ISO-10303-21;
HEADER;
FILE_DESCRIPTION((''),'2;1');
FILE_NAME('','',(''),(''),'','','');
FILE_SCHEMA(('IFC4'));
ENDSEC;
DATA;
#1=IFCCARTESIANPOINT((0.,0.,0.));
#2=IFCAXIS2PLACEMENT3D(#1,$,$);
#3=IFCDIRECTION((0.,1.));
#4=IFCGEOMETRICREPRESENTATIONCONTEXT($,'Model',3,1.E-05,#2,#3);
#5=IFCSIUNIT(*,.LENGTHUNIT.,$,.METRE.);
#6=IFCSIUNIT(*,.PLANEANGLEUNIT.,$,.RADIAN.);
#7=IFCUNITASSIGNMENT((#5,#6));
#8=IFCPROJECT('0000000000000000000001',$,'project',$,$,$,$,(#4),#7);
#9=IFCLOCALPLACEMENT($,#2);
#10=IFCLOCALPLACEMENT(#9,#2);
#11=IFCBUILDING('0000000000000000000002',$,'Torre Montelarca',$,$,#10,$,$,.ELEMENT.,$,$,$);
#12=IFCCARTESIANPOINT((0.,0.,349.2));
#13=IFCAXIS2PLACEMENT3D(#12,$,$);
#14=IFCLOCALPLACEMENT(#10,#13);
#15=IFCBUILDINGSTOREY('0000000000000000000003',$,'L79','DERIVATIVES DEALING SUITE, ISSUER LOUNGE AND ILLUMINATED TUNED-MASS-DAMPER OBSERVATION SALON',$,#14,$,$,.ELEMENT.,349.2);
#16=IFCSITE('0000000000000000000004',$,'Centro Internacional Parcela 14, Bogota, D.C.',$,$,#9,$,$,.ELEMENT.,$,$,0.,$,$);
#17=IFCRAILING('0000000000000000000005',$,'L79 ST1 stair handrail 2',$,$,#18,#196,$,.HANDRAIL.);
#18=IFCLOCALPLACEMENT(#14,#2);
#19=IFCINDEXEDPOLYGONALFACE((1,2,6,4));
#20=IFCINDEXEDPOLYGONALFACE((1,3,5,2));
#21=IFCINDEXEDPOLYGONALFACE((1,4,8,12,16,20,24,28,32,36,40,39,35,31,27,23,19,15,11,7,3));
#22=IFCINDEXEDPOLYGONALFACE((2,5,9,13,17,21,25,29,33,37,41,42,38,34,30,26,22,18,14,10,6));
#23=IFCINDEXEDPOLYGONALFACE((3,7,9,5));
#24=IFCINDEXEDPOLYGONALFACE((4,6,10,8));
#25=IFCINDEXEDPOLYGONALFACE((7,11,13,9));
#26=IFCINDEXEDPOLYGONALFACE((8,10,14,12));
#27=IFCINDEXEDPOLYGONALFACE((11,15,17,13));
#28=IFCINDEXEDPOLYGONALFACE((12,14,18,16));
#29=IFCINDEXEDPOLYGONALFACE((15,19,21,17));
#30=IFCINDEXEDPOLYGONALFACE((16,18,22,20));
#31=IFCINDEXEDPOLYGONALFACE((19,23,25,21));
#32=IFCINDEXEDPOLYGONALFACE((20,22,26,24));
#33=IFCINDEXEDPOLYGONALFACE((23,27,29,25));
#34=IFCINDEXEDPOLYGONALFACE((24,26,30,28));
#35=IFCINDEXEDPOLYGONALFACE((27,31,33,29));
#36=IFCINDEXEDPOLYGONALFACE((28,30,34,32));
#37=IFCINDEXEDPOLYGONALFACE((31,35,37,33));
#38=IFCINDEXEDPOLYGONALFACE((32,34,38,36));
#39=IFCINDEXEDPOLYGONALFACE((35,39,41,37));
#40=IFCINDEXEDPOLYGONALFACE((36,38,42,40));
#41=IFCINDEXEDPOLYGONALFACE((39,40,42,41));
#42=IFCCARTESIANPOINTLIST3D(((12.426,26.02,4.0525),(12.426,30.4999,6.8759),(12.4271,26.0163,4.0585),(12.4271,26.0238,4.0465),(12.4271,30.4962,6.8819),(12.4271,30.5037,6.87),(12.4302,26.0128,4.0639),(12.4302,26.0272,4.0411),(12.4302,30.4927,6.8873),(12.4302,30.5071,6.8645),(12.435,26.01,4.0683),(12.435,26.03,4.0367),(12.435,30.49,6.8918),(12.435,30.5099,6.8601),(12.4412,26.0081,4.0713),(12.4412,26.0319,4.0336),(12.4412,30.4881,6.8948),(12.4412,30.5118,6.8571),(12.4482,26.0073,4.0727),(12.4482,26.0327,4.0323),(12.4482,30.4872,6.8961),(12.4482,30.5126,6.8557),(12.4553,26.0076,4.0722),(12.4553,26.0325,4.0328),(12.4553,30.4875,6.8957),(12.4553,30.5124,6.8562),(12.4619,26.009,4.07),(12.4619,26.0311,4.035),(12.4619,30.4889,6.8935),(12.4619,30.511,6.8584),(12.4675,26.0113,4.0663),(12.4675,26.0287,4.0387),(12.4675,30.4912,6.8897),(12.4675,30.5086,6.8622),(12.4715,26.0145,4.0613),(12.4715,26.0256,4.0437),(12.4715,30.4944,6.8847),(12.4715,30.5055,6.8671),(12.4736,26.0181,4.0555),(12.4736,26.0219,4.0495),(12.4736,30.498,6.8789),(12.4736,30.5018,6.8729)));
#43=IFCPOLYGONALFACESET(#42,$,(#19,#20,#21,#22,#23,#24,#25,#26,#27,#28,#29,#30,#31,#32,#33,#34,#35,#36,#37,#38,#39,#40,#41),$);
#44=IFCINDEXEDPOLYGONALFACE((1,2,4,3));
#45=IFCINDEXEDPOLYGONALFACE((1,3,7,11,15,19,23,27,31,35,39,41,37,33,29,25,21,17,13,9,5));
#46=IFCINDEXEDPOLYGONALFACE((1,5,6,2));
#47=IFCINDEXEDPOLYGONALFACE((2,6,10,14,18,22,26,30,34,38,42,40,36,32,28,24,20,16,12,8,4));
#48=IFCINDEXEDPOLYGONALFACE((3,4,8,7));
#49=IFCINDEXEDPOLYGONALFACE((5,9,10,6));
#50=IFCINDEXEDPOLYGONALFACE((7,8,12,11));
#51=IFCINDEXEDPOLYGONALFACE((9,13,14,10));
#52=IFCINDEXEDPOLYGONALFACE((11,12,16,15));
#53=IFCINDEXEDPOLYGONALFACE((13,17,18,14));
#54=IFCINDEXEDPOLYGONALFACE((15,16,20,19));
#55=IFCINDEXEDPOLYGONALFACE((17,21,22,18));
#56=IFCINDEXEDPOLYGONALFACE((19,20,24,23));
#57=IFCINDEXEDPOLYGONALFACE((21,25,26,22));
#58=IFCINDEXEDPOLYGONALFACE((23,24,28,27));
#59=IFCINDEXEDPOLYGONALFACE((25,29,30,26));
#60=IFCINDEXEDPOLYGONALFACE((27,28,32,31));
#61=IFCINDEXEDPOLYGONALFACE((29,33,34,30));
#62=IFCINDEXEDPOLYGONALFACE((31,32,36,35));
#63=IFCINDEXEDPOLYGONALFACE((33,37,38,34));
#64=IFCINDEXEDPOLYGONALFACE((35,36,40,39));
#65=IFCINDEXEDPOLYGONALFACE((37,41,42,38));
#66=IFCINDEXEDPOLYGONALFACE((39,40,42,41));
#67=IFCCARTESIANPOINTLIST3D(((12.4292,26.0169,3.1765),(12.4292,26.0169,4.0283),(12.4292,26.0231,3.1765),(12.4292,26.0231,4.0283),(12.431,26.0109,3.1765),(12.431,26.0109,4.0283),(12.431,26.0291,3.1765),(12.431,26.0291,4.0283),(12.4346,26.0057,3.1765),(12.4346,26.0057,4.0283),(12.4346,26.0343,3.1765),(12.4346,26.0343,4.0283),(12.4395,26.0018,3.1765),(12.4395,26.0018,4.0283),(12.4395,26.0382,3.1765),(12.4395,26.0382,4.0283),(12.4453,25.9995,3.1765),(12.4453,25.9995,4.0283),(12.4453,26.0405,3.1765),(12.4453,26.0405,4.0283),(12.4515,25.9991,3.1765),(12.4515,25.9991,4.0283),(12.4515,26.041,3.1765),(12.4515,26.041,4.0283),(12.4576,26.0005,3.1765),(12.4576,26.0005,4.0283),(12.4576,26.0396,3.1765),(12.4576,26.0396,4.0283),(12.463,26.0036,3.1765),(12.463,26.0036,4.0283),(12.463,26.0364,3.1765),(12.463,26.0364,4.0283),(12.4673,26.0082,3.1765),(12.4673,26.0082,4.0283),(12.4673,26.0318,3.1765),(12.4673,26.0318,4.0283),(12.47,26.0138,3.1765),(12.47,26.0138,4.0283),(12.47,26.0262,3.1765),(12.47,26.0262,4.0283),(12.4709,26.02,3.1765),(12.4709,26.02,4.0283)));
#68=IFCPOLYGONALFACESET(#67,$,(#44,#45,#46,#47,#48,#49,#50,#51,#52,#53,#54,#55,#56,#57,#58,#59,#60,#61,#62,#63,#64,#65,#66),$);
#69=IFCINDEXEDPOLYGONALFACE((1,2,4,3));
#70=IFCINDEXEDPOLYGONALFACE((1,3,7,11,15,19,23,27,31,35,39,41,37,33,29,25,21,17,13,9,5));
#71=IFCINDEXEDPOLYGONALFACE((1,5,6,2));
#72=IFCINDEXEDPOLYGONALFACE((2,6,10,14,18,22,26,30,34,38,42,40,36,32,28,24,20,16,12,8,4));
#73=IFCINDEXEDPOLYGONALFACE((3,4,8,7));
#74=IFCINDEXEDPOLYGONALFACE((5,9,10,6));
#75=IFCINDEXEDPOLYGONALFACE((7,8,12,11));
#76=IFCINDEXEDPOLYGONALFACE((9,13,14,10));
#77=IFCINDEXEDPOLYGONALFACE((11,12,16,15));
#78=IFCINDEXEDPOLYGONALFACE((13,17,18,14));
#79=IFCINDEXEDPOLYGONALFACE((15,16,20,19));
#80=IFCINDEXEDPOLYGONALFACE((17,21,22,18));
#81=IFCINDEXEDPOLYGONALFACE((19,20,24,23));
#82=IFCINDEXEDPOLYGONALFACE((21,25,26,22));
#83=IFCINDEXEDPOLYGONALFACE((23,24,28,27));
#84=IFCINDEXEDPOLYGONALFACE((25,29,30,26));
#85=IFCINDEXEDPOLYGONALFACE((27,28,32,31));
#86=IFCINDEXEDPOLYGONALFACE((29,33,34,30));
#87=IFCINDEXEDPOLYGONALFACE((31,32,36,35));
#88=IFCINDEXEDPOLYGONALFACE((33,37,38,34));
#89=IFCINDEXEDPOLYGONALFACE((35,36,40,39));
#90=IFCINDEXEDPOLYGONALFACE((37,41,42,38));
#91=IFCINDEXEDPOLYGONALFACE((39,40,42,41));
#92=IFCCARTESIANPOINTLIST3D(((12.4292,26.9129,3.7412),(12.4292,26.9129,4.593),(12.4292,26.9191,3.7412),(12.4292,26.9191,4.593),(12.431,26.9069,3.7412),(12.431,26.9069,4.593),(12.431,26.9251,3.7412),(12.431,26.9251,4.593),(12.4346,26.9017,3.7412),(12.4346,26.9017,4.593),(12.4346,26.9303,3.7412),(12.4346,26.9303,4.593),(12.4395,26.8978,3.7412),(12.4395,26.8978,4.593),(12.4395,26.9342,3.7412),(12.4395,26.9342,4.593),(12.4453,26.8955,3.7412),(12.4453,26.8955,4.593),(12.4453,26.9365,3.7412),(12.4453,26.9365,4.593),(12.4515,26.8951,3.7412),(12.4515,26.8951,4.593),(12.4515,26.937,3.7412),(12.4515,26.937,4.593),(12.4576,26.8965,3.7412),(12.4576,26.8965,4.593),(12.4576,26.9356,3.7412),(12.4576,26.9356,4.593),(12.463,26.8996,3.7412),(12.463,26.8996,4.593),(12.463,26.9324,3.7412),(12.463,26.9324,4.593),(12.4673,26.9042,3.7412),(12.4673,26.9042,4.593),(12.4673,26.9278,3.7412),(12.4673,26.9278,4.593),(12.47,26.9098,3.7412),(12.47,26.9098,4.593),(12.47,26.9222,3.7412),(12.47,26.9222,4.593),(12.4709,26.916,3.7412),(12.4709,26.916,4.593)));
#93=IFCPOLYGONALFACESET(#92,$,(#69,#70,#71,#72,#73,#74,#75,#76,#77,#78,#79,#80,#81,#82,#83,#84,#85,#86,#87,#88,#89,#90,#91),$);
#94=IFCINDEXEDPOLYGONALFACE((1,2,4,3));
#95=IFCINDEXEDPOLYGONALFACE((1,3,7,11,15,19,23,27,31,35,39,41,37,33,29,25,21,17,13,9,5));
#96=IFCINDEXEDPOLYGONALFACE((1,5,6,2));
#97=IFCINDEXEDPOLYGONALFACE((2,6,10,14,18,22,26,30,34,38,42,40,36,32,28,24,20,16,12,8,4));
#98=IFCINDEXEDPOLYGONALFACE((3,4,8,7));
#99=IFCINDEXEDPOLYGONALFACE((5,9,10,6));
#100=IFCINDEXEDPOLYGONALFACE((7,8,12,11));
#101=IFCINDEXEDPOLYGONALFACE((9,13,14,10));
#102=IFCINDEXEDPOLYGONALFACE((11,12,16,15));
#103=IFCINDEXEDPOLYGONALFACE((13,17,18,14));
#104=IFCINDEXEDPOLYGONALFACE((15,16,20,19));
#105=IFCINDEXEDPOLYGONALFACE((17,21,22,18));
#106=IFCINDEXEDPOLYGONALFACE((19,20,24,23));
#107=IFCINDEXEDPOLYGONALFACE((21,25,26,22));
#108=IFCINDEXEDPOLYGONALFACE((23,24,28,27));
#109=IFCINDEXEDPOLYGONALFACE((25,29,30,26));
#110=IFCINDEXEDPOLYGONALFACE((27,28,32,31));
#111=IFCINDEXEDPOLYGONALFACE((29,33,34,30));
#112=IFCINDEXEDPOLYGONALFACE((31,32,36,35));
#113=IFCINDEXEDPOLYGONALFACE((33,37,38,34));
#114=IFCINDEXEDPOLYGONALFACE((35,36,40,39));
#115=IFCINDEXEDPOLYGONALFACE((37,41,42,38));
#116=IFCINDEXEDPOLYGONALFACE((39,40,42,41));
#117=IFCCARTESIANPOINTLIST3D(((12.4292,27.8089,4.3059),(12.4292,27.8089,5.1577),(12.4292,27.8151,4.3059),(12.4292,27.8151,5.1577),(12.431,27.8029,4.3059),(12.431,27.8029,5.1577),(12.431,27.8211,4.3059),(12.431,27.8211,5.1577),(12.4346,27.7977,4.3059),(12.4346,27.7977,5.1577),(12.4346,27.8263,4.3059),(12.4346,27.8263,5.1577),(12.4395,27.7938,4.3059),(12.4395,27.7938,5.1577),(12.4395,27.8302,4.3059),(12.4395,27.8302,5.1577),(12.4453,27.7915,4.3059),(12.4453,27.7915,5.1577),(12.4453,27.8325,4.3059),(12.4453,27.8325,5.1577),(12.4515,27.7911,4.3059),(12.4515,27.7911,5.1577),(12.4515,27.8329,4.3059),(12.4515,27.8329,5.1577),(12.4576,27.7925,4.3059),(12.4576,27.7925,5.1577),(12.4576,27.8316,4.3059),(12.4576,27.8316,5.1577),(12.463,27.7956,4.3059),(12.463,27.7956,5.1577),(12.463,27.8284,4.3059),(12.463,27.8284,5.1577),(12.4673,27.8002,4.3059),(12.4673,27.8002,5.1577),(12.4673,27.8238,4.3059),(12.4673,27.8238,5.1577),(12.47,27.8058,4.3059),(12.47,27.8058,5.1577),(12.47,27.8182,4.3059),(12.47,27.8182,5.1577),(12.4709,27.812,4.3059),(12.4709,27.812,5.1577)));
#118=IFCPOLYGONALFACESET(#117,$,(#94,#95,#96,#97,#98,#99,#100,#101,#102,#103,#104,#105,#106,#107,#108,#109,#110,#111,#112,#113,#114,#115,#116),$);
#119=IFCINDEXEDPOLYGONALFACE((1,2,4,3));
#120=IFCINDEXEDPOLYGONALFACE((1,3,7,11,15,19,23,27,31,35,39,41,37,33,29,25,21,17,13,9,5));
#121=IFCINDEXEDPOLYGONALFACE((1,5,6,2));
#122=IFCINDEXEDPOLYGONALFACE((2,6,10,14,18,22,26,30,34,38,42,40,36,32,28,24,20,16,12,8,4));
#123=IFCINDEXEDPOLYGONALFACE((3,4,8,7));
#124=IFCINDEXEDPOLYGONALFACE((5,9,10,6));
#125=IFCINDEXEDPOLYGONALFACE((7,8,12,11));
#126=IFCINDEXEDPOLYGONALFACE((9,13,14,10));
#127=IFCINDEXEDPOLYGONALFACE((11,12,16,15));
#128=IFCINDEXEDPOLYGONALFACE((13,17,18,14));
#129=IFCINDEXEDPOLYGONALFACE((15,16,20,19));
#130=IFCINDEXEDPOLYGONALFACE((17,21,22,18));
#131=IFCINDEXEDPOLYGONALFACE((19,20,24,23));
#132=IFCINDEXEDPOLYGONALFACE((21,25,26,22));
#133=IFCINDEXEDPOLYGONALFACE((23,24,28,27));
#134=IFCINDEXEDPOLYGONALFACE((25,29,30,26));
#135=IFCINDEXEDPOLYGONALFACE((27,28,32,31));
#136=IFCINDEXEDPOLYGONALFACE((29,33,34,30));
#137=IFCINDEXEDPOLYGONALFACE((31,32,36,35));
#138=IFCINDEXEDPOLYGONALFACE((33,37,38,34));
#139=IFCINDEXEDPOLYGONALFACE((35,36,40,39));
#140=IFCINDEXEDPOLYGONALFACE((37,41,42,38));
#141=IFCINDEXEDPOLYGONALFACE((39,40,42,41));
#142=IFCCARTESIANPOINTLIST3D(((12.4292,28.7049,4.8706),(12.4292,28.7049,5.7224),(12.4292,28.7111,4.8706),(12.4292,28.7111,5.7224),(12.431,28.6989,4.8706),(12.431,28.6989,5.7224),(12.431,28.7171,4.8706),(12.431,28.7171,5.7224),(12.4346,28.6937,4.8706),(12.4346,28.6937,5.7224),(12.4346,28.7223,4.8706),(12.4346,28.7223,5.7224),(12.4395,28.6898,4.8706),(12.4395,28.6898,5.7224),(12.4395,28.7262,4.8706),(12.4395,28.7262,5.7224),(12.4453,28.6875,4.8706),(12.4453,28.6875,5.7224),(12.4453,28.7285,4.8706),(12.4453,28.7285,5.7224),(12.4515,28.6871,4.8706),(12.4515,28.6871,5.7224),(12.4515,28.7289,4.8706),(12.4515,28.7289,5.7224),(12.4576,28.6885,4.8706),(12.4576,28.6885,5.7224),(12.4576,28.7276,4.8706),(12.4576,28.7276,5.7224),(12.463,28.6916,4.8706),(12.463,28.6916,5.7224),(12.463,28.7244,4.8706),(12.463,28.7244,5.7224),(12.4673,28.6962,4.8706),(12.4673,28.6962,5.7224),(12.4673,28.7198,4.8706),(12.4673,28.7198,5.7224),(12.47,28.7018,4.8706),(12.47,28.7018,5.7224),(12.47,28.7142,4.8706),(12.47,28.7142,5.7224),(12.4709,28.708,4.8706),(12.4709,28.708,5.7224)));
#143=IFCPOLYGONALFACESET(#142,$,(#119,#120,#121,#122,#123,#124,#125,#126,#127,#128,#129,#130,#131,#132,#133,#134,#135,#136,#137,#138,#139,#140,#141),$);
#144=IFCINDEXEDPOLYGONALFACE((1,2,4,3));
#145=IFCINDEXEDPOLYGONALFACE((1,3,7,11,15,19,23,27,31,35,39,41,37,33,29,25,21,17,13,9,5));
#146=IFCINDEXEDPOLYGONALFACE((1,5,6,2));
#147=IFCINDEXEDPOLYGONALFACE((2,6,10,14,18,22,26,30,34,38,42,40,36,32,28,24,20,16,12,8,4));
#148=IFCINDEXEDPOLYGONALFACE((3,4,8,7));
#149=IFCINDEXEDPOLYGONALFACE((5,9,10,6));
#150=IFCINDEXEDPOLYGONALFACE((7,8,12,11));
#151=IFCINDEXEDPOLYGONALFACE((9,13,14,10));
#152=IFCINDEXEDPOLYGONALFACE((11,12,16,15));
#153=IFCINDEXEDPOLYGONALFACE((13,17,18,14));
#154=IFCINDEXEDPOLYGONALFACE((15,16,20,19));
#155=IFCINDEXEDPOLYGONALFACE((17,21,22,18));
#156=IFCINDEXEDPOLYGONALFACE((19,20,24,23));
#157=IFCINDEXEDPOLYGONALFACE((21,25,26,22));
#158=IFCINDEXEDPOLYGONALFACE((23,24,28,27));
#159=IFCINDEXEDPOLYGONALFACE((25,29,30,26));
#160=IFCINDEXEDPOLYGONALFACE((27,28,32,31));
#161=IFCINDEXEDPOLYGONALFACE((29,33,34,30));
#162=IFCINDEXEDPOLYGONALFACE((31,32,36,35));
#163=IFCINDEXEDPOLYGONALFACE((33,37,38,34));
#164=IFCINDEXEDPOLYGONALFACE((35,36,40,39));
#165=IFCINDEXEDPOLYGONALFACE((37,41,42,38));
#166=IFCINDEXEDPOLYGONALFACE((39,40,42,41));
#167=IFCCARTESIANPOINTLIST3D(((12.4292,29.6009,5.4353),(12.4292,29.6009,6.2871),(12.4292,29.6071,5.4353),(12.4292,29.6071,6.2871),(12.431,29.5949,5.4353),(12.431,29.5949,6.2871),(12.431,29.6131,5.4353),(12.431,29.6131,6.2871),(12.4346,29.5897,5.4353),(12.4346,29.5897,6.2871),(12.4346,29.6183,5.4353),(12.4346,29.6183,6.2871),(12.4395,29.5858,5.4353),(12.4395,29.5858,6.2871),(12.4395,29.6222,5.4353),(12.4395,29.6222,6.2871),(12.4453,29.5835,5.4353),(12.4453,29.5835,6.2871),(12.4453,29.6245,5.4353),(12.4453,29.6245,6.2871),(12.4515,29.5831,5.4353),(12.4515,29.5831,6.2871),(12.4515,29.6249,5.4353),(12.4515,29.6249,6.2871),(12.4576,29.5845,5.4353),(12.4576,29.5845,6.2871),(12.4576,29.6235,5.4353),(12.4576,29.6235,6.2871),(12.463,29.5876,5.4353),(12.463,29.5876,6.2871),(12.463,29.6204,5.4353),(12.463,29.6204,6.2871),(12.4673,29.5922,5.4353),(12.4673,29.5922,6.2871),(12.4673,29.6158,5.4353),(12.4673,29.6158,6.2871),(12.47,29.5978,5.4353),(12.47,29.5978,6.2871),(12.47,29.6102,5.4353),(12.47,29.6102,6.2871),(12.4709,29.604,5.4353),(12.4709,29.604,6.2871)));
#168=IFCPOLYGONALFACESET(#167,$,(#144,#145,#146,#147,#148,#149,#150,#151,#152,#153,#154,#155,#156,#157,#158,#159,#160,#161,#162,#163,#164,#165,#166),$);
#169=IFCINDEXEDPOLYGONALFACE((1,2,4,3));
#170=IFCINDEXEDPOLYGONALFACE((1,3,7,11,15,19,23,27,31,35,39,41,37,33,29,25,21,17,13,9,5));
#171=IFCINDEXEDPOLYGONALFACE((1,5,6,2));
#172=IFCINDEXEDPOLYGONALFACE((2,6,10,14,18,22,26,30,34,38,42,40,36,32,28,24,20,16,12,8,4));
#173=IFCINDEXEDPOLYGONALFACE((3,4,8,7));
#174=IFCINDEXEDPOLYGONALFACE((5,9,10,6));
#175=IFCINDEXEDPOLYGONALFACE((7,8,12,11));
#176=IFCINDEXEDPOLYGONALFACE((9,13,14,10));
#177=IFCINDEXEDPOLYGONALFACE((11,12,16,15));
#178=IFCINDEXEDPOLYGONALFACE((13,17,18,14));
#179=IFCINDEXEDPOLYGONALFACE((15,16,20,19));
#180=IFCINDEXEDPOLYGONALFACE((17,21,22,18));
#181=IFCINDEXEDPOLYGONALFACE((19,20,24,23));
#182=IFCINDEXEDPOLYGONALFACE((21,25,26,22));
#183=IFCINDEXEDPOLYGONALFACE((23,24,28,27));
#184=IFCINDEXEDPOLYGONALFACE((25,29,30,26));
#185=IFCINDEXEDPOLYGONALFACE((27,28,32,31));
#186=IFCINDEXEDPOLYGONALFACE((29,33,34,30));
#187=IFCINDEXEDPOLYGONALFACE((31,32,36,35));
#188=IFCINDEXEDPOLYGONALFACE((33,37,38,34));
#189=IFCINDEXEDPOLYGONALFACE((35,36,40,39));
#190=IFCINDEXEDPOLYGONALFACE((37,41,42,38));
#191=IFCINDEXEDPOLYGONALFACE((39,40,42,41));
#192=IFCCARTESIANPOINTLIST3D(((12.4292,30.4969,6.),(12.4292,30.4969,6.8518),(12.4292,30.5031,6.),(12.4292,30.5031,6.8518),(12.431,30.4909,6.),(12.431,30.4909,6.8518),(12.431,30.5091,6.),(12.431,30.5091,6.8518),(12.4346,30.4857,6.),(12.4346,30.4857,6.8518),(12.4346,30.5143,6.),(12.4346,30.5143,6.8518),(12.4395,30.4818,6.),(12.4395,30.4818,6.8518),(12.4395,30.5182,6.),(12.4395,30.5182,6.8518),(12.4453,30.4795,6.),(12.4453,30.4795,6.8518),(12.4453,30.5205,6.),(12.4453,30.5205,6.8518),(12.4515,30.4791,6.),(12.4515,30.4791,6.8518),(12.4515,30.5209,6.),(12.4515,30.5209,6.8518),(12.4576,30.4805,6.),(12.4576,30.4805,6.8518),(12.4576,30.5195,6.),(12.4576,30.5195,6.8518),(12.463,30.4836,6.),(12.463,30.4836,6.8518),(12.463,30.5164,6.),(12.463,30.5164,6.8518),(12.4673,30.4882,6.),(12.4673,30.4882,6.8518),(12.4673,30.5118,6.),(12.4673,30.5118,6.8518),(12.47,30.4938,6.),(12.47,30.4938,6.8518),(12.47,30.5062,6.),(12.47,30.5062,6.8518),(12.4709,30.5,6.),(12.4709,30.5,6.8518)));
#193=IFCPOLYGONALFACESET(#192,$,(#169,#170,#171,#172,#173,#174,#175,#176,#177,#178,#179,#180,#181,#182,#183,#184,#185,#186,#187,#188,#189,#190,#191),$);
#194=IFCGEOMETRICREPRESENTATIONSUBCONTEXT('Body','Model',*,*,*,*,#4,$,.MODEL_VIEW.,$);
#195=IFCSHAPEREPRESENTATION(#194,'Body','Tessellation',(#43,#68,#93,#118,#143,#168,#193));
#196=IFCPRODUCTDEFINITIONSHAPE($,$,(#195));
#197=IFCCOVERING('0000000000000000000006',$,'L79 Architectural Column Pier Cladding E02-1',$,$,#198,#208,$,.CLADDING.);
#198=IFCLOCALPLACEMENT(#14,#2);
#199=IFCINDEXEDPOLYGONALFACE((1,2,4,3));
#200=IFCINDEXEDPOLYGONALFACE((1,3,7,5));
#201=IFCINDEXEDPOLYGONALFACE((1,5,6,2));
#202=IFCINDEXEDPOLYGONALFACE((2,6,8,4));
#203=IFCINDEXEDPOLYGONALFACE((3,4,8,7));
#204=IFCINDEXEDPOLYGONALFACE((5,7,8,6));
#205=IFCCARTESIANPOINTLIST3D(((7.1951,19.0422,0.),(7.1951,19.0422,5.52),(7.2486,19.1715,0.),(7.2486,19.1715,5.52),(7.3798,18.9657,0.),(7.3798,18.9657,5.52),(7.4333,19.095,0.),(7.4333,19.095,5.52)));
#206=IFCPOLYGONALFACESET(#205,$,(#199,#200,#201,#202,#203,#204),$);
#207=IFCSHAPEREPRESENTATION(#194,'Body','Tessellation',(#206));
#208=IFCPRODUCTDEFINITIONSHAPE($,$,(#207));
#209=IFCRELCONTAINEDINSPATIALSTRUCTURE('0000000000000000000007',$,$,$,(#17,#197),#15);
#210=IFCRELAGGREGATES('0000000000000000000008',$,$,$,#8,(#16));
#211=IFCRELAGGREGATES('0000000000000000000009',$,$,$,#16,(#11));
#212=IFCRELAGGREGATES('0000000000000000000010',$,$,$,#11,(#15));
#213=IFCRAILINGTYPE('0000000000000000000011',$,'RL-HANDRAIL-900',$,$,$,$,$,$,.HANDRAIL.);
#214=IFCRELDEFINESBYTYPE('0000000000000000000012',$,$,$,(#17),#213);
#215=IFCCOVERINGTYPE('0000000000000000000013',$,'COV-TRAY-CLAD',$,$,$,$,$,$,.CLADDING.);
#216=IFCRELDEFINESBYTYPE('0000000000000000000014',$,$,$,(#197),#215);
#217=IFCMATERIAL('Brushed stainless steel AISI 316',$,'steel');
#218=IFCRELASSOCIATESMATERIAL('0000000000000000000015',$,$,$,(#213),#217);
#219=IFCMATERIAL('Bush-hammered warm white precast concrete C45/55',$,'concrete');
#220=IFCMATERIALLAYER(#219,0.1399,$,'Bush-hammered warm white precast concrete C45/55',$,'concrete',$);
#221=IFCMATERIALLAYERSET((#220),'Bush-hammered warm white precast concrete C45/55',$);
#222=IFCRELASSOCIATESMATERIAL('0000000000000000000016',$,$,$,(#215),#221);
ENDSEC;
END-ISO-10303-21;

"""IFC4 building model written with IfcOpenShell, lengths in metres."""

from ifc_helpers import new_model, si_unit, direction, frame, origin, origin_2d, place, context, subcontext, project, spatial, rectangle, circle, extrude, source, transform, mapped, material, layer, layer_set, type_object, element, save


model = new_model("IFC4")

# Units and contexts
model_context = context("Model", 3, precision=1e-05, world=origin(), true_north=direction((0.0, 1.0)))
body_context = subcontext(model_context, "Body", "Model", "MODEL_VIEW")
ifc_project = project(units=[si_unit("LENGTHUNIT", "METRE"), si_unit("PLANEANGLEUNIT", "RADIAN")], contexts=[model_context])

# Site, building, storey
site_placement = place(None, origin())
site = spatial("IfcSite", under=ifc_project, at=site_placement, Name="Centro Internacional Parcela 14, Bogota, D.C.", CompositionType="ELEMENT", RefElevation=0.0)
building_placement = place(site_placement, origin())
building = spatial("IfcBuilding", under=site, at=building_placement, Name="Torre Montelarca", CompositionType="ELEMENT")
storey_placement = place(building_placement, frame((0.0, 0.0, 349.2)))
storey = spatial("IfcBuildingStorey", under=building, at=storey_placement, Name="L79", Description="DERIVATIVES DEALING SUITE, ISSUER LOUNGE AND ILLUMINATED TUNED-MASS-DAMPER OBSERVATION SALON", CompositionType="ELEMENT", Elevation=349.2)

# Railing
ifc_material_1 = material(Name="Brushed stainless steel AISI 316", Category="steel")
railing_type_1 = type_object("IfcRailingType", Name="RL-HANDRAIL-900", PredefinedType="HANDRAIL", material=ifc_material_1)
railing_1_placement = place(storey_placement, frame((12.45, 26.02, 3.1765)))
element("IfcRailing", 1, at=railing_1_placement, inside=storey, type_object=railing_type_1, Name="L79 ST1 stair handrail 2", PredefinedType="HANDRAIL", context=body_context, shape_type="SweptSolid", body=[
    extrude(circle(Radius=0.0239, at=origin_2d()), frame((0.0, 0.0, 0.876), z_axis=(0.0, 0.845998, 0.533186), x_axis=(-1.0, 0.0, 0.0)), (0.0, 0.0, 1.0), 5.2954),
    extrude(circle(Radius=0.021, at=origin_2d()), origin(), (0.0, 0.0, 1.0), 0.8518),
    extrude(circle(Radius=0.021, at=origin_2d()), frame((0.0, 0.896, 0.5647)), (0.0, 0.0, 1.0), 0.8518),
    extrude(circle(Radius=0.021, at=origin_2d()), frame((0.0, 1.792, 1.1294)), (0.0, 0.0, 1.0), 0.8518),
    extrude(circle(Radius=0.021, at=origin_2d()), frame((0.0, 2.688, 1.6941)), (0.0, 0.0, 1.0), 0.8518),
    extrude(circle(Radius=0.021, at=origin_2d()), frame((0.0, 3.584, 2.2588)), (0.0, 0.0, 1.0), 0.8518),
    extrude(circle(Radius=0.021, at=origin_2d()), frame((0.0, 4.48, 2.8235)), (0.0, 0.0, 1.0), 0.8518),
])

# Covering
ifc_material_2 = material(Name="Bush-hammered warm white precast concrete C45/55", Category="concrete")
ifc_layer_1 = layer(ifc_material_2, 0.1399, Name="Bush-hammered warm white precast concrete C45/55", Category="concrete")
ifc_layer_set_1 = layer_set([ifc_layer_1], Name="Bush-hammered warm white precast concrete C45/55")
covering_type = type_object("IfcCoveringType", Name="COV-TRAY-CLAD", PredefinedType="CLADDING", material=ifc_layer_set_1)
shared_shape_1 = source(origin(), body_context, "Body", "SweptSolid", [
    extrude(rectangle(XDim=0.2, YDim=0.1399, at=origin_2d()), origin(), (0.0, 0.0, 1.0), 5.52),
])
covering_1_placement = place(storey_placement, frame((7.3142, 19.0686, 0.0), z_axis=(0.0, 0.0, 1.0), x_axis=(0.923884, -0.382672, 0.0)))
element("IfcCovering", 2, at=covering_1_placement, inside=storey, type_object=covering_type, Name="L79 Architectural Column Pier Cladding E02-1", PredefinedType="CLADDING", context=body_context, shape_type="MappedRepresentation", body=[
    mapped(shared_shape_1, transform((0.0, 0.0, 0.0), scale=1.0)),
])

save(model, "model.ifc")
